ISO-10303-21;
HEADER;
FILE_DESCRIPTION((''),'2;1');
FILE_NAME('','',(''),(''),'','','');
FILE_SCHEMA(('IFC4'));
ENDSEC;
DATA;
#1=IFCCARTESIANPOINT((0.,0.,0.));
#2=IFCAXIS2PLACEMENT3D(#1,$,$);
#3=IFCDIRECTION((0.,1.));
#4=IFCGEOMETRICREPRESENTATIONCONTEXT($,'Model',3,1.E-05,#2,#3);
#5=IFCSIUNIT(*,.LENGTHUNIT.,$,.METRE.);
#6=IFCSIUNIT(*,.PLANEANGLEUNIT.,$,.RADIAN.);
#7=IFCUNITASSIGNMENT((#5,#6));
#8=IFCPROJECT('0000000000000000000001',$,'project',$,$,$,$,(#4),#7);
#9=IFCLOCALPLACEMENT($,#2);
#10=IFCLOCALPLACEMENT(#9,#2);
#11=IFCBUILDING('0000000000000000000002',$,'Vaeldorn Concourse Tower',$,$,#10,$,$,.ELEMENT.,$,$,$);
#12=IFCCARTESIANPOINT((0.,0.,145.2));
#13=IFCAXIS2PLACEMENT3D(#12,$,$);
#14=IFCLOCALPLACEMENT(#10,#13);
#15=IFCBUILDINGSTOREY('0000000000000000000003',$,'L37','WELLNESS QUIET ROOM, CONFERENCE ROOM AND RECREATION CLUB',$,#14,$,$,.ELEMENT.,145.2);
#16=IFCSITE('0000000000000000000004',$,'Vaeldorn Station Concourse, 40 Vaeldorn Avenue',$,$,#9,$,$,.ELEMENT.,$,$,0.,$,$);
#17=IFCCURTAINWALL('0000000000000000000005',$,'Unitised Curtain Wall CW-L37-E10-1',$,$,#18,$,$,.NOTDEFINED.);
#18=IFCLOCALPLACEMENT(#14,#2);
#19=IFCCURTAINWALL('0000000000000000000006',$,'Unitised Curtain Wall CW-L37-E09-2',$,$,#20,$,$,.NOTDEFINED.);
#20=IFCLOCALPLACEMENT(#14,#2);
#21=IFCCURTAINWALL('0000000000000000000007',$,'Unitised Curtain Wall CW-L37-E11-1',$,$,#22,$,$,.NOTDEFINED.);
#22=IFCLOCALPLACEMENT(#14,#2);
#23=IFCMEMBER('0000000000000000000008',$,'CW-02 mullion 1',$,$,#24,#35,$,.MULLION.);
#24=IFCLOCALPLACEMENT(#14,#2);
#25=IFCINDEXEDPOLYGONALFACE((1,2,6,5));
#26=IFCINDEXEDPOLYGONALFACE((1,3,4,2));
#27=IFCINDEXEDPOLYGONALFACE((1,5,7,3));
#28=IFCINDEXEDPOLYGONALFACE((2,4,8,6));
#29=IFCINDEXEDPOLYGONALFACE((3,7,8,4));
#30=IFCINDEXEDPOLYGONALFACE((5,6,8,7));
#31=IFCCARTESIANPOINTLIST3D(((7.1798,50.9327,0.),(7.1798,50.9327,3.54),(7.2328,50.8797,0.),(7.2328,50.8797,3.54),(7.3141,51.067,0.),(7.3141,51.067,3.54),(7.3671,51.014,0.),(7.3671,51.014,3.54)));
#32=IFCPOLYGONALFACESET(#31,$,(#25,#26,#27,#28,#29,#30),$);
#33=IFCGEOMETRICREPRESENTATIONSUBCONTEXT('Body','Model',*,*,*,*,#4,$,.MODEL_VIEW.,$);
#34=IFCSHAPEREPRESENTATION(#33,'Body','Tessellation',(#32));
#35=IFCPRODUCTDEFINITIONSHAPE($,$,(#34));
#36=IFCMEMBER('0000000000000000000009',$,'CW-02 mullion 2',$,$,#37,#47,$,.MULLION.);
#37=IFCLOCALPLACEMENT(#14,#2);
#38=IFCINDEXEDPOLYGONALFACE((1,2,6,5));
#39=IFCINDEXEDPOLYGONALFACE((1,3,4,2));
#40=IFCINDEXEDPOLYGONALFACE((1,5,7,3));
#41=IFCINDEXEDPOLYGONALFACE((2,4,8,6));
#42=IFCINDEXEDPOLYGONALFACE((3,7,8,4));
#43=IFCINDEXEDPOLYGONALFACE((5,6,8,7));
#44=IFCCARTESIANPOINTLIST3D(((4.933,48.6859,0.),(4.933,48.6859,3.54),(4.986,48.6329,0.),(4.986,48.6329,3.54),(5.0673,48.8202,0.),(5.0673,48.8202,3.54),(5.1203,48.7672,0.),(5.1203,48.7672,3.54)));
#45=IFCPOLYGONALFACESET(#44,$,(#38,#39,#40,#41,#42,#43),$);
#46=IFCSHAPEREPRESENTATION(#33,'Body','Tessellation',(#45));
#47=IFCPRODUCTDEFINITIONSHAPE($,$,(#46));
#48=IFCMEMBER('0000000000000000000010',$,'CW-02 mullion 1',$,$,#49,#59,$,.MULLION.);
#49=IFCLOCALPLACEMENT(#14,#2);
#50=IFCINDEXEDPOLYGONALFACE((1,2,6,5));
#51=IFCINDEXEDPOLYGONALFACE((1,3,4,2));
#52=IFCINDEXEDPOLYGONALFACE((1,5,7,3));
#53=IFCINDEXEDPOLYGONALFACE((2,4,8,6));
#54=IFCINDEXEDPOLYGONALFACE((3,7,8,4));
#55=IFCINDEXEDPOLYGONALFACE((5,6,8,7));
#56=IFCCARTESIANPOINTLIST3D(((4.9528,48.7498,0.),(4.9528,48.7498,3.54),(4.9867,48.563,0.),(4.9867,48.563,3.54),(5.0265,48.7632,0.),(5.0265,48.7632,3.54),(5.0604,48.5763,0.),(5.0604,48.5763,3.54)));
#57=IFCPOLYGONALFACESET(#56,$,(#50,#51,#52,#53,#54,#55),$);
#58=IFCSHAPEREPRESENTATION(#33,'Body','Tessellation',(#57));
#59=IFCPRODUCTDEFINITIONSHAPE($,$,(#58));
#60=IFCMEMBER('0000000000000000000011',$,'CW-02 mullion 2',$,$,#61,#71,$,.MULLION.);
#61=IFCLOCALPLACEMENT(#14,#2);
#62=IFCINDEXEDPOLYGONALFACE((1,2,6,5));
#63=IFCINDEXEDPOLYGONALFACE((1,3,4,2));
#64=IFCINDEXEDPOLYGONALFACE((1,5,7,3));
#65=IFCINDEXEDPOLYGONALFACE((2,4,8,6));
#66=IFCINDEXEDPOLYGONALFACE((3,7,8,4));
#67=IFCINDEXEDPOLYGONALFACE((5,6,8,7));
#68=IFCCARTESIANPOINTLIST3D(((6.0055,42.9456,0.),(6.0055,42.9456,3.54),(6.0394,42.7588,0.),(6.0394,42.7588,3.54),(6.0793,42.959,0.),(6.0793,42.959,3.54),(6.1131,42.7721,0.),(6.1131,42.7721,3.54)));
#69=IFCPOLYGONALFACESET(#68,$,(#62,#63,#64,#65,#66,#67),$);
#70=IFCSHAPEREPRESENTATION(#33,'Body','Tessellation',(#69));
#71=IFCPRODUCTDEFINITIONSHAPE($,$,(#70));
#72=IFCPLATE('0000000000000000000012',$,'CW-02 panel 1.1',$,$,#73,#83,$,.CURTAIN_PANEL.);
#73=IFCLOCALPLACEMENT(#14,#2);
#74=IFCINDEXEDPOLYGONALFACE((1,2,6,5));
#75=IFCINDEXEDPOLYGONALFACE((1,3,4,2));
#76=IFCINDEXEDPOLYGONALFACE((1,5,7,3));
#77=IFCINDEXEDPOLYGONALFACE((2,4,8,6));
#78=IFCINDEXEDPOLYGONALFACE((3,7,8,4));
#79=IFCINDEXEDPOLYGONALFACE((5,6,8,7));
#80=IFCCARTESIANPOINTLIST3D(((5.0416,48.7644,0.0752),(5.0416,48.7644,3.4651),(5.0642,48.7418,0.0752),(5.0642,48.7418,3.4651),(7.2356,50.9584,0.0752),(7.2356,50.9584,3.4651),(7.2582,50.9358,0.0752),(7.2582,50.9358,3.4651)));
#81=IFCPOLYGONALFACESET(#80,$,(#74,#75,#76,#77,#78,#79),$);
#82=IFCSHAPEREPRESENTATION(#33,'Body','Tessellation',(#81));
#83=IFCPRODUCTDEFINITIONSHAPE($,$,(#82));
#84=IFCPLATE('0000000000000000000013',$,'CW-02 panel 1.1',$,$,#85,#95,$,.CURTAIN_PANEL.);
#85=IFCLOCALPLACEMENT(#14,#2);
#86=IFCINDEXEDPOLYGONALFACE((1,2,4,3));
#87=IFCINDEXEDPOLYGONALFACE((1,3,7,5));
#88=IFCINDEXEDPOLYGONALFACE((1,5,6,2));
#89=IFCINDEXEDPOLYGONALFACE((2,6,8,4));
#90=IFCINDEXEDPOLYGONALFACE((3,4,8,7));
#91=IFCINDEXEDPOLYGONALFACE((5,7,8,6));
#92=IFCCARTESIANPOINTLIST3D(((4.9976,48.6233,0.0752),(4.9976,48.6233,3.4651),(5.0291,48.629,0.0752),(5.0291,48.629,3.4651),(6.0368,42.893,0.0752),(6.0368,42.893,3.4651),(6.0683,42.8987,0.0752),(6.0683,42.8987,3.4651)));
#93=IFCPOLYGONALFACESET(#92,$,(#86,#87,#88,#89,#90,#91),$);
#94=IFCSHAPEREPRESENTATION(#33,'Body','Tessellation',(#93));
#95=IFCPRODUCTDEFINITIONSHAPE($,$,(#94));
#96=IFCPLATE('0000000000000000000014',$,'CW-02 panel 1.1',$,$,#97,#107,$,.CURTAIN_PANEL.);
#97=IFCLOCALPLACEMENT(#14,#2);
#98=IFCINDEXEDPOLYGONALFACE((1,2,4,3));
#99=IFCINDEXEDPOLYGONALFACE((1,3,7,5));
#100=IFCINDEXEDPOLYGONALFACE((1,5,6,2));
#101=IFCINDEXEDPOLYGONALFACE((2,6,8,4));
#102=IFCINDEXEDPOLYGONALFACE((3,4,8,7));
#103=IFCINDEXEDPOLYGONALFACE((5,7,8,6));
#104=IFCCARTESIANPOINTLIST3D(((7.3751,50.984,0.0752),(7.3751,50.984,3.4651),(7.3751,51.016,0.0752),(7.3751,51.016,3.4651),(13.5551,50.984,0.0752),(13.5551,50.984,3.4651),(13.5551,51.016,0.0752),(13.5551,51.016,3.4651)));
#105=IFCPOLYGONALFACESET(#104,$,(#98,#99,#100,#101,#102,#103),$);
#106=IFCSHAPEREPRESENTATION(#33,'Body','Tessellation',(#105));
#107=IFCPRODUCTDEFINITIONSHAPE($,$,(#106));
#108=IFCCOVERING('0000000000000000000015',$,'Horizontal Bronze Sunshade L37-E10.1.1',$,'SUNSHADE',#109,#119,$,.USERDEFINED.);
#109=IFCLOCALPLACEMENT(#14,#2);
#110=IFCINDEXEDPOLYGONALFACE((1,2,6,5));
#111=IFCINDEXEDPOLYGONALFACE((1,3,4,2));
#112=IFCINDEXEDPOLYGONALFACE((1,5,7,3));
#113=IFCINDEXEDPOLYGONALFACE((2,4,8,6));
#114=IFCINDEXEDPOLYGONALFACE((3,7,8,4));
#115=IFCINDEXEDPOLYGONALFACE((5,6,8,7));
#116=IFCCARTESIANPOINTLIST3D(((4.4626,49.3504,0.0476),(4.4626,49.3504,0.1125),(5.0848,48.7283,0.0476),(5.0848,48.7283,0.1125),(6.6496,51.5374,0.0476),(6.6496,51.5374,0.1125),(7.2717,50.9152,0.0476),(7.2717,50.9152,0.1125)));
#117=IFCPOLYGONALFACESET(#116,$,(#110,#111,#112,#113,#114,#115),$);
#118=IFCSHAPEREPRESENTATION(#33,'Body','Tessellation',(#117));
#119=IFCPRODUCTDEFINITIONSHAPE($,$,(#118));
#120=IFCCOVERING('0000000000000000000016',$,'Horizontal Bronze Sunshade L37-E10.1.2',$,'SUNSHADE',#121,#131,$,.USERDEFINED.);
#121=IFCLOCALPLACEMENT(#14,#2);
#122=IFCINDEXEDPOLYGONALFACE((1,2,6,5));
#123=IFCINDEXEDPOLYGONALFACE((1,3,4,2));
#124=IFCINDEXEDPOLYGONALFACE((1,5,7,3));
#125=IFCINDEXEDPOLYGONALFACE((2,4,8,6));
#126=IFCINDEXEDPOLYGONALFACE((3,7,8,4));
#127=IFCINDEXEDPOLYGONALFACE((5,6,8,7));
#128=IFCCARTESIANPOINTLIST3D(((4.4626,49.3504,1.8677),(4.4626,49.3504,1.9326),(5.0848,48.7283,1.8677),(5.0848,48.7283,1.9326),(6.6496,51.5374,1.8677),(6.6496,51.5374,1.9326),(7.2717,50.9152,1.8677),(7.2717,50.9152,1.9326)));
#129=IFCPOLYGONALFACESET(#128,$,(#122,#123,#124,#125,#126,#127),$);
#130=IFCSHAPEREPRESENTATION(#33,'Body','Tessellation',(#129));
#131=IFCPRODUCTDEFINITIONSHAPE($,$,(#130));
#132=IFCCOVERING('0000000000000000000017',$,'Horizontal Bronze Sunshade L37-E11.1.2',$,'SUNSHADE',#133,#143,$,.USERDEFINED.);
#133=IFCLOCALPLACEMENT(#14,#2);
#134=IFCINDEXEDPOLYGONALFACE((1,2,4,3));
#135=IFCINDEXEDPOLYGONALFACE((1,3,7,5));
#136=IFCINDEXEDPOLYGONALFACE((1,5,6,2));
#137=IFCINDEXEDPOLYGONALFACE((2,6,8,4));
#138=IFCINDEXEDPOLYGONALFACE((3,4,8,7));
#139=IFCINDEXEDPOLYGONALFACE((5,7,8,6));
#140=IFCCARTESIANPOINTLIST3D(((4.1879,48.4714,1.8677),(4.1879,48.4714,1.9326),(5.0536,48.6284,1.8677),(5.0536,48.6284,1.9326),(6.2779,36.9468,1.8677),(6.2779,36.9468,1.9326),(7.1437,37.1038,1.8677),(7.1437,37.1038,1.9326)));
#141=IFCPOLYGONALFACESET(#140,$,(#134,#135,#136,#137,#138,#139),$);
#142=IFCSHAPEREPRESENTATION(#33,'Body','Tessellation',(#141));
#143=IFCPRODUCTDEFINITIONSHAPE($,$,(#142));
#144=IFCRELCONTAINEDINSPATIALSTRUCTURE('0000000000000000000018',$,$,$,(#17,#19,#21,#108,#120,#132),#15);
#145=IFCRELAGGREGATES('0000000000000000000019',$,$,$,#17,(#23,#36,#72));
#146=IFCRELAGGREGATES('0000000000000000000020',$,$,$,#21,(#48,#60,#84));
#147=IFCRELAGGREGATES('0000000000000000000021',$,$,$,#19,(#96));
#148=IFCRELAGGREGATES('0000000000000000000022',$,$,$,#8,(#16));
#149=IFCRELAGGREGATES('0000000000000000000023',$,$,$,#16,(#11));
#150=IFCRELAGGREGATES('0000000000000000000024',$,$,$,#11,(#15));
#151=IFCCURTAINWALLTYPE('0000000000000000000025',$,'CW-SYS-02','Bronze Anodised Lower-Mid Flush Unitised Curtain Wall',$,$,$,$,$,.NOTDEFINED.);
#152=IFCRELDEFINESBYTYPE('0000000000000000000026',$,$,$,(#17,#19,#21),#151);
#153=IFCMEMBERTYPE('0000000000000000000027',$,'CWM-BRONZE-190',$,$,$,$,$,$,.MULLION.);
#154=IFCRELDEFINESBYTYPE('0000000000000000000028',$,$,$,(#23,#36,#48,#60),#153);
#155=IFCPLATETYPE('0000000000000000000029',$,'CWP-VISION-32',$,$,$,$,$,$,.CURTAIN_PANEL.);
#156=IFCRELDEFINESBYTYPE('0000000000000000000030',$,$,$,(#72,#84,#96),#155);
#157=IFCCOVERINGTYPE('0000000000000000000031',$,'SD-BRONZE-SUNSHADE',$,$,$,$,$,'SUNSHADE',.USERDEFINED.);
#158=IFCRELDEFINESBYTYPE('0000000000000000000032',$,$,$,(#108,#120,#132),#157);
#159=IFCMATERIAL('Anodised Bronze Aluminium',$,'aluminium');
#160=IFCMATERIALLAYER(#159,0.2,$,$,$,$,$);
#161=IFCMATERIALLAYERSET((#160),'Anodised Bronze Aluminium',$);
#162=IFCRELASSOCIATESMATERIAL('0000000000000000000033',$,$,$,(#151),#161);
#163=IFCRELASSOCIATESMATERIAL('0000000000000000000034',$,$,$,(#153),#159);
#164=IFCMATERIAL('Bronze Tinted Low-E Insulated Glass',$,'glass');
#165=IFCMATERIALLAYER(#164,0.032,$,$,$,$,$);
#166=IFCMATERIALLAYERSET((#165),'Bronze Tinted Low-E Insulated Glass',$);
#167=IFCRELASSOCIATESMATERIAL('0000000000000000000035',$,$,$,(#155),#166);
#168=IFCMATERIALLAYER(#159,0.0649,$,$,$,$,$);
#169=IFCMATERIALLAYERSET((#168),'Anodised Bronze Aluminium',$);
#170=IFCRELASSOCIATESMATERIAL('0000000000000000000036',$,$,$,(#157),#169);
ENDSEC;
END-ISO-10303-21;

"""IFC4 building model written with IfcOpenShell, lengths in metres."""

from ifc_helpers import new_model, si_unit, direction, frame, origin, origin_2d, place, context, subcontext, project, spatial, rectangle, extrude, source, transform, mapped, material, layer, layer_set, material_profile, profile_set, type_object, element, aggregate, save


model = new_model("IFC4")

# Units and contexts
model_context = context("Model", 3, precision=1e-05, world=origin(), true_north=direction((0.0, 1.0)))
body_context = subcontext(model_context, "Body", "Model", "MODEL_VIEW")
ifc_project = project(units=[si_unit("LENGTHUNIT", "METRE"), si_unit("PLANEANGLEUNIT", "RADIAN")], contexts=[model_context])

# Site, building, storey
site_placement = place(None, origin())
site = spatial("IfcSite", under=ifc_project, at=site_placement, Name="Vaeldorn Station Concourse, 40 Vaeldorn Avenue", CompositionType="ELEMENT", RefElevation=0.0)
building_placement = place(site_placement, origin())
building = spatial("IfcBuilding", under=site, at=building_placement, Name="Vaeldorn Concourse Tower", CompositionType="ELEMENT")
storey_placement = place(building_placement, frame((0.0, 0.0, 145.2)))
storey = spatial("IfcBuildingStorey", under=building, at=storey_placement, Name="L37", Description="WELLNESS QUIET ROOM, CONFERENCE ROOM AND RECREATION CLUB", CompositionType="ELEMENT", Elevation=145.2)

# Curtain walls
ifc_material_1 = material(Name="Anodised Bronze Aluminium", Category="aluminium")
ifc_layer_1 = layer(ifc_material_1, 0.2)
ifc_layer_set_1 = layer_set([ifc_layer_1], Name="Anodised Bronze Aluminium")
curtain_wall_type = type_object("IfcCurtainWallType", Name="CW-SYS-02", Description="Bronze Anodised Lower-Mid Flush Unitised Curtain Wall", PredefinedType="NOTDEFINED", material=ifc_layer_set_1)
curtain_wall_1_placement = place(storey_placement, origin())
curtain_wall_1 = element("IfcCurtainWall", 1, at=curtain_wall_1_placement, inside=storey, type_object=curtain_wall_type, Name="Unitised Curtain Wall CW-L37-E10-1", PredefinedType="NOTDEFINED")
curtain_wall_2_placement = place(storey_placement, origin())
curtain_wall_2 = element("IfcCurtainWall", 2, at=curtain_wall_2_placement, inside=storey, type_object=curtain_wall_type, Name="Unitised Curtain Wall CW-L37-E09-2", PredefinedType="NOTDEFINED")
curtain_wall_3_placement = place(storey_placement, origin())
curtain_wall_3 = element("IfcCurtainWall", 3, at=curtain_wall_3_placement, inside=storey, type_object=curtain_wall_type, Name="Unitised Curtain Wall CW-L37-E11-1", PredefinedType="NOTDEFINED")

# Members
ifc_material_profile_1 = material_profile(ifc_material_1, rectangle(XDim=0.075, YDim=0.1899, at=origin_2d()), Name="CWM 75x190")
ifc_profile_set_1 = profile_set([ifc_material_profile_1], Name="Anodised Bronze Aluminium")
member_type_1 = type_object("IfcMemberType", Name="CWM-BRONZE-190", PredefinedType="MULLION", material=ifc_profile_set_1)
shared_shape_1 = source(origin(), body_context, "Body", "SweptSolid", [
    extrude(rectangle(XDim=0.075, YDim=0.1899, at=origin_2d()), origin(), (0.0, 0.0, 1.0), 3.54),
])
member_1_placement = place(storey_placement, frame((7.2734, 50.9734, 0.0), z_axis=(0.0, 0.0, 1.0), x_axis=(0.707107, -0.707107, 0.0)))
member_1 = element("IfcMember", 4, at=member_1_placement, type_object=member_type_1, Name="CW-02 mullion 1", PredefinedType="MULLION", context=body_context, shape_type="MappedRepresentation", body=[
    mapped(shared_shape_1, transform((0.0, 0.0, 0.0), scale=1.0)),
])
member_2_placement = place(storey_placement, frame((5.0266, 48.7266, 0.0), z_axis=(0.0, 0.0, 1.0), x_axis=(0.707107, -0.707107, 0.0)))
member_2 = element("IfcMember", 5, at=member_2_placement, type_object=member_type_1, Name="CW-02 mullion 2", PredefinedType="MULLION", context=body_context, shape_type="MappedRepresentation", body=[
    mapped(shared_shape_1, transform((0.0, 0.0, 0.0), scale=1.0)),
])
member_3_placement = place(storey_placement, frame((5.0066, 48.6631, 0.0), z_axis=(0.0, 0.0, 1.0), x_axis=(0.98395, 0.178445, 0.0)))
member_3 = element("IfcMember", 6, at=member_3_placement, type_object=member_type_1, Name="CW-02 mullion 1", PredefinedType="MULLION", context=body_context, shape_type="MappedRepresentation", body=[
    mapped(shared_shape_1, transform((0.0, 0.0, 0.0), scale=1.0)),
])
member_4_placement = place(storey_placement, frame((6.0593, 42.8589, 0.0), z_axis=(0.0, 0.0, 1.0), x_axis=(0.98395, 0.178445, 0.0)))
member_4 = element("IfcMember", 7, at=member_4_placement, type_object=member_type_1, Name="CW-02 mullion 2", PredefinedType="MULLION", context=body_context, shape_type="MappedRepresentation", body=[
    mapped(shared_shape_1, transform((0.0, 0.0, 0.0), scale=1.0)),
])

# Plates
ifc_material_2 = material(Name="Bronze Tinted Low-E Insulated Glass", Category="glass")
ifc_layer_2 = layer(ifc_material_2, 0.032)
ifc_layer_set_2 = layer_set([ifc_layer_2], Name="Bronze Tinted Low-E Insulated Glass")
plate_type = type_object("IfcPlateType", Name="CWP-VISION-32", PredefinedType="CURTAIN_PANEL", material=ifc_layer_set_2)
shared_shape_2 = source(origin(), body_context, "Body", "SweptSolid", [
    extrude(rectangle(XDim=3.1028, YDim=0.032, at=origin_2d()), origin(), (0.0, 0.0, 1.0), 3.3899),
])
plate_1_placement = place(storey_placement, frame((6.1499, 49.8501, 0.0752), z_axis=(0.0, 0.0, 1.0), x_axis=(-0.707107, -0.707107, 0.0)))
plate_1 = element("IfcPlate", 8, at=plate_1_placement, type_object=plate_type, Name="CW-02 panel 1.1", PredefinedType="CURTAIN_PANEL", context=body_context, shape_type="MappedRepresentation", body=[
    mapped(shared_shape_2, transform((0.0, 0.0, 0.0), scale=1.0)),
])
aggregate(curtain_wall_1, [member_1, member_2, plate_1])
shared_shape_3 = source(origin(), body_context, "Body", "SweptSolid", [
    extrude(rectangle(XDim=5.8237, YDim=0.032, at=origin_2d()), origin(), (0.0, 0.0, 1.0), 3.3899),
])
plate_2_placement = place(storey_placement, frame((5.533, 45.761, 0.0752), z_axis=(0.0, 0.0, 1.0), x_axis=(0.178445, -0.98395, 0.0)))
plate_2 = element("IfcPlate", 9, at=plate_2_placement, type_object=plate_type, Name="CW-02 panel 1.1", PredefinedType="CURTAIN_PANEL", context=body_context, shape_type="MappedRepresentation", body=[
    mapped(shared_shape_3, transform((0.0, 0.0, 0.0), scale=1.0)),
])
aggregate(curtain_wall_3, [member_3, member_4, plate_2])
shared_shape_4 = source(origin(), body_context, "Body", "SweptSolid", [
    extrude(rectangle(XDim=6.1799, YDim=0.032, at=origin_2d()), origin(), (0.0, 0.0, 1.0), 3.3899),
])
plate_3_placement = place(storey_placement, frame((10.4651, 51.0, 0.0752), z_axis=(0.0, 0.0, 1.0), x_axis=(-1.0, 0.0, 0.0)))
plate_3 = element("IfcPlate", 10, at=plate_3_placement, type_object=plate_type, Name="CW-02 panel 1.1", PredefinedType="CURTAIN_PANEL", context=body_context, shape_type="MappedRepresentation", body=[
    mapped(shared_shape_4, transform((0.0, 0.0, 0.0), scale=1.0)),
])
aggregate(curtain_wall_2, [plate_3])

# Coverings
ifc_layer_3 = layer(ifc_material_1, 0.0649)
ifc_layer_set_3 = layer_set([ifc_layer_3], Name="Anodised Bronze Aluminium")
covering_type = type_object("IfcCoveringType", Name="SD-BRONZE-SUNSHADE", ElementType="SUNSHADE", PredefinedType="USERDEFINED", material=ifc_layer_set_3)
shared_shape_5 = source(origin(), body_context, "Body", "SweptSolid", [
    extrude(rectangle(XDim=3.0928, YDim=0.8799, at=origin_2d()), origin(), (0.0, 0.0, 1.0), 0.0649),
])
for number, where, z_axis, x_axis, name in (
    (11, (5.8672, 50.1328, 0.0476), (0.0, 0.0, 1.0), (-0.707107, -0.707107, 0.0), "Horizontal Bronze Sunshade L37-E10.1.1"),
    (12, (5.8672, 50.1328, 1.8677), (0.0, 0.0, 1.0), (-0.707107, -0.707107, 0.0), "Horizontal Bronze Sunshade L37-E10.1.2"),
):
    element("IfcCovering", number, at=place(storey_placement, frame(where, z_axis=z_axis, x_axis=x_axis)), inside=storey, type_object=covering_type, Name=name, ObjectType="SUNSHADE", PredefinedType="USERDEFINED", context=body_context, shape_type="MappedRepresentation", body=[
        mapped(shared_shape_5, transform((0.0, 0.0, 0.0), scale=1.0)),
    ])
shared_shape_6 = source(origin(), body_context, "Body", "SweptSolid", [
    extrude(rectangle(XDim=11.7126, YDim=0.8799, at=origin_2d()), origin(), (0.0, 0.0, 1.0), 0.0649),
])
covering_placement = place(storey_placement, frame((5.6658, 42.7876, 1.8677), z_axis=(0.0, 0.0, 1.0), x_axis=(0.178442, -0.983951, 0.0)))
element("IfcCovering", 13, at=covering_placement, inside=storey, type_object=covering_type, Name="Horizontal Bronze Sunshade L37-E11.1.2", ObjectType="SUNSHADE", PredefinedType="USERDEFINED", context=body_context, shape_type="MappedRepresentation", body=[
    mapped(shared_shape_6, transform((0.0, 0.0, 0.0), scale=1.0)),
])

save(model, "model.ifc")
